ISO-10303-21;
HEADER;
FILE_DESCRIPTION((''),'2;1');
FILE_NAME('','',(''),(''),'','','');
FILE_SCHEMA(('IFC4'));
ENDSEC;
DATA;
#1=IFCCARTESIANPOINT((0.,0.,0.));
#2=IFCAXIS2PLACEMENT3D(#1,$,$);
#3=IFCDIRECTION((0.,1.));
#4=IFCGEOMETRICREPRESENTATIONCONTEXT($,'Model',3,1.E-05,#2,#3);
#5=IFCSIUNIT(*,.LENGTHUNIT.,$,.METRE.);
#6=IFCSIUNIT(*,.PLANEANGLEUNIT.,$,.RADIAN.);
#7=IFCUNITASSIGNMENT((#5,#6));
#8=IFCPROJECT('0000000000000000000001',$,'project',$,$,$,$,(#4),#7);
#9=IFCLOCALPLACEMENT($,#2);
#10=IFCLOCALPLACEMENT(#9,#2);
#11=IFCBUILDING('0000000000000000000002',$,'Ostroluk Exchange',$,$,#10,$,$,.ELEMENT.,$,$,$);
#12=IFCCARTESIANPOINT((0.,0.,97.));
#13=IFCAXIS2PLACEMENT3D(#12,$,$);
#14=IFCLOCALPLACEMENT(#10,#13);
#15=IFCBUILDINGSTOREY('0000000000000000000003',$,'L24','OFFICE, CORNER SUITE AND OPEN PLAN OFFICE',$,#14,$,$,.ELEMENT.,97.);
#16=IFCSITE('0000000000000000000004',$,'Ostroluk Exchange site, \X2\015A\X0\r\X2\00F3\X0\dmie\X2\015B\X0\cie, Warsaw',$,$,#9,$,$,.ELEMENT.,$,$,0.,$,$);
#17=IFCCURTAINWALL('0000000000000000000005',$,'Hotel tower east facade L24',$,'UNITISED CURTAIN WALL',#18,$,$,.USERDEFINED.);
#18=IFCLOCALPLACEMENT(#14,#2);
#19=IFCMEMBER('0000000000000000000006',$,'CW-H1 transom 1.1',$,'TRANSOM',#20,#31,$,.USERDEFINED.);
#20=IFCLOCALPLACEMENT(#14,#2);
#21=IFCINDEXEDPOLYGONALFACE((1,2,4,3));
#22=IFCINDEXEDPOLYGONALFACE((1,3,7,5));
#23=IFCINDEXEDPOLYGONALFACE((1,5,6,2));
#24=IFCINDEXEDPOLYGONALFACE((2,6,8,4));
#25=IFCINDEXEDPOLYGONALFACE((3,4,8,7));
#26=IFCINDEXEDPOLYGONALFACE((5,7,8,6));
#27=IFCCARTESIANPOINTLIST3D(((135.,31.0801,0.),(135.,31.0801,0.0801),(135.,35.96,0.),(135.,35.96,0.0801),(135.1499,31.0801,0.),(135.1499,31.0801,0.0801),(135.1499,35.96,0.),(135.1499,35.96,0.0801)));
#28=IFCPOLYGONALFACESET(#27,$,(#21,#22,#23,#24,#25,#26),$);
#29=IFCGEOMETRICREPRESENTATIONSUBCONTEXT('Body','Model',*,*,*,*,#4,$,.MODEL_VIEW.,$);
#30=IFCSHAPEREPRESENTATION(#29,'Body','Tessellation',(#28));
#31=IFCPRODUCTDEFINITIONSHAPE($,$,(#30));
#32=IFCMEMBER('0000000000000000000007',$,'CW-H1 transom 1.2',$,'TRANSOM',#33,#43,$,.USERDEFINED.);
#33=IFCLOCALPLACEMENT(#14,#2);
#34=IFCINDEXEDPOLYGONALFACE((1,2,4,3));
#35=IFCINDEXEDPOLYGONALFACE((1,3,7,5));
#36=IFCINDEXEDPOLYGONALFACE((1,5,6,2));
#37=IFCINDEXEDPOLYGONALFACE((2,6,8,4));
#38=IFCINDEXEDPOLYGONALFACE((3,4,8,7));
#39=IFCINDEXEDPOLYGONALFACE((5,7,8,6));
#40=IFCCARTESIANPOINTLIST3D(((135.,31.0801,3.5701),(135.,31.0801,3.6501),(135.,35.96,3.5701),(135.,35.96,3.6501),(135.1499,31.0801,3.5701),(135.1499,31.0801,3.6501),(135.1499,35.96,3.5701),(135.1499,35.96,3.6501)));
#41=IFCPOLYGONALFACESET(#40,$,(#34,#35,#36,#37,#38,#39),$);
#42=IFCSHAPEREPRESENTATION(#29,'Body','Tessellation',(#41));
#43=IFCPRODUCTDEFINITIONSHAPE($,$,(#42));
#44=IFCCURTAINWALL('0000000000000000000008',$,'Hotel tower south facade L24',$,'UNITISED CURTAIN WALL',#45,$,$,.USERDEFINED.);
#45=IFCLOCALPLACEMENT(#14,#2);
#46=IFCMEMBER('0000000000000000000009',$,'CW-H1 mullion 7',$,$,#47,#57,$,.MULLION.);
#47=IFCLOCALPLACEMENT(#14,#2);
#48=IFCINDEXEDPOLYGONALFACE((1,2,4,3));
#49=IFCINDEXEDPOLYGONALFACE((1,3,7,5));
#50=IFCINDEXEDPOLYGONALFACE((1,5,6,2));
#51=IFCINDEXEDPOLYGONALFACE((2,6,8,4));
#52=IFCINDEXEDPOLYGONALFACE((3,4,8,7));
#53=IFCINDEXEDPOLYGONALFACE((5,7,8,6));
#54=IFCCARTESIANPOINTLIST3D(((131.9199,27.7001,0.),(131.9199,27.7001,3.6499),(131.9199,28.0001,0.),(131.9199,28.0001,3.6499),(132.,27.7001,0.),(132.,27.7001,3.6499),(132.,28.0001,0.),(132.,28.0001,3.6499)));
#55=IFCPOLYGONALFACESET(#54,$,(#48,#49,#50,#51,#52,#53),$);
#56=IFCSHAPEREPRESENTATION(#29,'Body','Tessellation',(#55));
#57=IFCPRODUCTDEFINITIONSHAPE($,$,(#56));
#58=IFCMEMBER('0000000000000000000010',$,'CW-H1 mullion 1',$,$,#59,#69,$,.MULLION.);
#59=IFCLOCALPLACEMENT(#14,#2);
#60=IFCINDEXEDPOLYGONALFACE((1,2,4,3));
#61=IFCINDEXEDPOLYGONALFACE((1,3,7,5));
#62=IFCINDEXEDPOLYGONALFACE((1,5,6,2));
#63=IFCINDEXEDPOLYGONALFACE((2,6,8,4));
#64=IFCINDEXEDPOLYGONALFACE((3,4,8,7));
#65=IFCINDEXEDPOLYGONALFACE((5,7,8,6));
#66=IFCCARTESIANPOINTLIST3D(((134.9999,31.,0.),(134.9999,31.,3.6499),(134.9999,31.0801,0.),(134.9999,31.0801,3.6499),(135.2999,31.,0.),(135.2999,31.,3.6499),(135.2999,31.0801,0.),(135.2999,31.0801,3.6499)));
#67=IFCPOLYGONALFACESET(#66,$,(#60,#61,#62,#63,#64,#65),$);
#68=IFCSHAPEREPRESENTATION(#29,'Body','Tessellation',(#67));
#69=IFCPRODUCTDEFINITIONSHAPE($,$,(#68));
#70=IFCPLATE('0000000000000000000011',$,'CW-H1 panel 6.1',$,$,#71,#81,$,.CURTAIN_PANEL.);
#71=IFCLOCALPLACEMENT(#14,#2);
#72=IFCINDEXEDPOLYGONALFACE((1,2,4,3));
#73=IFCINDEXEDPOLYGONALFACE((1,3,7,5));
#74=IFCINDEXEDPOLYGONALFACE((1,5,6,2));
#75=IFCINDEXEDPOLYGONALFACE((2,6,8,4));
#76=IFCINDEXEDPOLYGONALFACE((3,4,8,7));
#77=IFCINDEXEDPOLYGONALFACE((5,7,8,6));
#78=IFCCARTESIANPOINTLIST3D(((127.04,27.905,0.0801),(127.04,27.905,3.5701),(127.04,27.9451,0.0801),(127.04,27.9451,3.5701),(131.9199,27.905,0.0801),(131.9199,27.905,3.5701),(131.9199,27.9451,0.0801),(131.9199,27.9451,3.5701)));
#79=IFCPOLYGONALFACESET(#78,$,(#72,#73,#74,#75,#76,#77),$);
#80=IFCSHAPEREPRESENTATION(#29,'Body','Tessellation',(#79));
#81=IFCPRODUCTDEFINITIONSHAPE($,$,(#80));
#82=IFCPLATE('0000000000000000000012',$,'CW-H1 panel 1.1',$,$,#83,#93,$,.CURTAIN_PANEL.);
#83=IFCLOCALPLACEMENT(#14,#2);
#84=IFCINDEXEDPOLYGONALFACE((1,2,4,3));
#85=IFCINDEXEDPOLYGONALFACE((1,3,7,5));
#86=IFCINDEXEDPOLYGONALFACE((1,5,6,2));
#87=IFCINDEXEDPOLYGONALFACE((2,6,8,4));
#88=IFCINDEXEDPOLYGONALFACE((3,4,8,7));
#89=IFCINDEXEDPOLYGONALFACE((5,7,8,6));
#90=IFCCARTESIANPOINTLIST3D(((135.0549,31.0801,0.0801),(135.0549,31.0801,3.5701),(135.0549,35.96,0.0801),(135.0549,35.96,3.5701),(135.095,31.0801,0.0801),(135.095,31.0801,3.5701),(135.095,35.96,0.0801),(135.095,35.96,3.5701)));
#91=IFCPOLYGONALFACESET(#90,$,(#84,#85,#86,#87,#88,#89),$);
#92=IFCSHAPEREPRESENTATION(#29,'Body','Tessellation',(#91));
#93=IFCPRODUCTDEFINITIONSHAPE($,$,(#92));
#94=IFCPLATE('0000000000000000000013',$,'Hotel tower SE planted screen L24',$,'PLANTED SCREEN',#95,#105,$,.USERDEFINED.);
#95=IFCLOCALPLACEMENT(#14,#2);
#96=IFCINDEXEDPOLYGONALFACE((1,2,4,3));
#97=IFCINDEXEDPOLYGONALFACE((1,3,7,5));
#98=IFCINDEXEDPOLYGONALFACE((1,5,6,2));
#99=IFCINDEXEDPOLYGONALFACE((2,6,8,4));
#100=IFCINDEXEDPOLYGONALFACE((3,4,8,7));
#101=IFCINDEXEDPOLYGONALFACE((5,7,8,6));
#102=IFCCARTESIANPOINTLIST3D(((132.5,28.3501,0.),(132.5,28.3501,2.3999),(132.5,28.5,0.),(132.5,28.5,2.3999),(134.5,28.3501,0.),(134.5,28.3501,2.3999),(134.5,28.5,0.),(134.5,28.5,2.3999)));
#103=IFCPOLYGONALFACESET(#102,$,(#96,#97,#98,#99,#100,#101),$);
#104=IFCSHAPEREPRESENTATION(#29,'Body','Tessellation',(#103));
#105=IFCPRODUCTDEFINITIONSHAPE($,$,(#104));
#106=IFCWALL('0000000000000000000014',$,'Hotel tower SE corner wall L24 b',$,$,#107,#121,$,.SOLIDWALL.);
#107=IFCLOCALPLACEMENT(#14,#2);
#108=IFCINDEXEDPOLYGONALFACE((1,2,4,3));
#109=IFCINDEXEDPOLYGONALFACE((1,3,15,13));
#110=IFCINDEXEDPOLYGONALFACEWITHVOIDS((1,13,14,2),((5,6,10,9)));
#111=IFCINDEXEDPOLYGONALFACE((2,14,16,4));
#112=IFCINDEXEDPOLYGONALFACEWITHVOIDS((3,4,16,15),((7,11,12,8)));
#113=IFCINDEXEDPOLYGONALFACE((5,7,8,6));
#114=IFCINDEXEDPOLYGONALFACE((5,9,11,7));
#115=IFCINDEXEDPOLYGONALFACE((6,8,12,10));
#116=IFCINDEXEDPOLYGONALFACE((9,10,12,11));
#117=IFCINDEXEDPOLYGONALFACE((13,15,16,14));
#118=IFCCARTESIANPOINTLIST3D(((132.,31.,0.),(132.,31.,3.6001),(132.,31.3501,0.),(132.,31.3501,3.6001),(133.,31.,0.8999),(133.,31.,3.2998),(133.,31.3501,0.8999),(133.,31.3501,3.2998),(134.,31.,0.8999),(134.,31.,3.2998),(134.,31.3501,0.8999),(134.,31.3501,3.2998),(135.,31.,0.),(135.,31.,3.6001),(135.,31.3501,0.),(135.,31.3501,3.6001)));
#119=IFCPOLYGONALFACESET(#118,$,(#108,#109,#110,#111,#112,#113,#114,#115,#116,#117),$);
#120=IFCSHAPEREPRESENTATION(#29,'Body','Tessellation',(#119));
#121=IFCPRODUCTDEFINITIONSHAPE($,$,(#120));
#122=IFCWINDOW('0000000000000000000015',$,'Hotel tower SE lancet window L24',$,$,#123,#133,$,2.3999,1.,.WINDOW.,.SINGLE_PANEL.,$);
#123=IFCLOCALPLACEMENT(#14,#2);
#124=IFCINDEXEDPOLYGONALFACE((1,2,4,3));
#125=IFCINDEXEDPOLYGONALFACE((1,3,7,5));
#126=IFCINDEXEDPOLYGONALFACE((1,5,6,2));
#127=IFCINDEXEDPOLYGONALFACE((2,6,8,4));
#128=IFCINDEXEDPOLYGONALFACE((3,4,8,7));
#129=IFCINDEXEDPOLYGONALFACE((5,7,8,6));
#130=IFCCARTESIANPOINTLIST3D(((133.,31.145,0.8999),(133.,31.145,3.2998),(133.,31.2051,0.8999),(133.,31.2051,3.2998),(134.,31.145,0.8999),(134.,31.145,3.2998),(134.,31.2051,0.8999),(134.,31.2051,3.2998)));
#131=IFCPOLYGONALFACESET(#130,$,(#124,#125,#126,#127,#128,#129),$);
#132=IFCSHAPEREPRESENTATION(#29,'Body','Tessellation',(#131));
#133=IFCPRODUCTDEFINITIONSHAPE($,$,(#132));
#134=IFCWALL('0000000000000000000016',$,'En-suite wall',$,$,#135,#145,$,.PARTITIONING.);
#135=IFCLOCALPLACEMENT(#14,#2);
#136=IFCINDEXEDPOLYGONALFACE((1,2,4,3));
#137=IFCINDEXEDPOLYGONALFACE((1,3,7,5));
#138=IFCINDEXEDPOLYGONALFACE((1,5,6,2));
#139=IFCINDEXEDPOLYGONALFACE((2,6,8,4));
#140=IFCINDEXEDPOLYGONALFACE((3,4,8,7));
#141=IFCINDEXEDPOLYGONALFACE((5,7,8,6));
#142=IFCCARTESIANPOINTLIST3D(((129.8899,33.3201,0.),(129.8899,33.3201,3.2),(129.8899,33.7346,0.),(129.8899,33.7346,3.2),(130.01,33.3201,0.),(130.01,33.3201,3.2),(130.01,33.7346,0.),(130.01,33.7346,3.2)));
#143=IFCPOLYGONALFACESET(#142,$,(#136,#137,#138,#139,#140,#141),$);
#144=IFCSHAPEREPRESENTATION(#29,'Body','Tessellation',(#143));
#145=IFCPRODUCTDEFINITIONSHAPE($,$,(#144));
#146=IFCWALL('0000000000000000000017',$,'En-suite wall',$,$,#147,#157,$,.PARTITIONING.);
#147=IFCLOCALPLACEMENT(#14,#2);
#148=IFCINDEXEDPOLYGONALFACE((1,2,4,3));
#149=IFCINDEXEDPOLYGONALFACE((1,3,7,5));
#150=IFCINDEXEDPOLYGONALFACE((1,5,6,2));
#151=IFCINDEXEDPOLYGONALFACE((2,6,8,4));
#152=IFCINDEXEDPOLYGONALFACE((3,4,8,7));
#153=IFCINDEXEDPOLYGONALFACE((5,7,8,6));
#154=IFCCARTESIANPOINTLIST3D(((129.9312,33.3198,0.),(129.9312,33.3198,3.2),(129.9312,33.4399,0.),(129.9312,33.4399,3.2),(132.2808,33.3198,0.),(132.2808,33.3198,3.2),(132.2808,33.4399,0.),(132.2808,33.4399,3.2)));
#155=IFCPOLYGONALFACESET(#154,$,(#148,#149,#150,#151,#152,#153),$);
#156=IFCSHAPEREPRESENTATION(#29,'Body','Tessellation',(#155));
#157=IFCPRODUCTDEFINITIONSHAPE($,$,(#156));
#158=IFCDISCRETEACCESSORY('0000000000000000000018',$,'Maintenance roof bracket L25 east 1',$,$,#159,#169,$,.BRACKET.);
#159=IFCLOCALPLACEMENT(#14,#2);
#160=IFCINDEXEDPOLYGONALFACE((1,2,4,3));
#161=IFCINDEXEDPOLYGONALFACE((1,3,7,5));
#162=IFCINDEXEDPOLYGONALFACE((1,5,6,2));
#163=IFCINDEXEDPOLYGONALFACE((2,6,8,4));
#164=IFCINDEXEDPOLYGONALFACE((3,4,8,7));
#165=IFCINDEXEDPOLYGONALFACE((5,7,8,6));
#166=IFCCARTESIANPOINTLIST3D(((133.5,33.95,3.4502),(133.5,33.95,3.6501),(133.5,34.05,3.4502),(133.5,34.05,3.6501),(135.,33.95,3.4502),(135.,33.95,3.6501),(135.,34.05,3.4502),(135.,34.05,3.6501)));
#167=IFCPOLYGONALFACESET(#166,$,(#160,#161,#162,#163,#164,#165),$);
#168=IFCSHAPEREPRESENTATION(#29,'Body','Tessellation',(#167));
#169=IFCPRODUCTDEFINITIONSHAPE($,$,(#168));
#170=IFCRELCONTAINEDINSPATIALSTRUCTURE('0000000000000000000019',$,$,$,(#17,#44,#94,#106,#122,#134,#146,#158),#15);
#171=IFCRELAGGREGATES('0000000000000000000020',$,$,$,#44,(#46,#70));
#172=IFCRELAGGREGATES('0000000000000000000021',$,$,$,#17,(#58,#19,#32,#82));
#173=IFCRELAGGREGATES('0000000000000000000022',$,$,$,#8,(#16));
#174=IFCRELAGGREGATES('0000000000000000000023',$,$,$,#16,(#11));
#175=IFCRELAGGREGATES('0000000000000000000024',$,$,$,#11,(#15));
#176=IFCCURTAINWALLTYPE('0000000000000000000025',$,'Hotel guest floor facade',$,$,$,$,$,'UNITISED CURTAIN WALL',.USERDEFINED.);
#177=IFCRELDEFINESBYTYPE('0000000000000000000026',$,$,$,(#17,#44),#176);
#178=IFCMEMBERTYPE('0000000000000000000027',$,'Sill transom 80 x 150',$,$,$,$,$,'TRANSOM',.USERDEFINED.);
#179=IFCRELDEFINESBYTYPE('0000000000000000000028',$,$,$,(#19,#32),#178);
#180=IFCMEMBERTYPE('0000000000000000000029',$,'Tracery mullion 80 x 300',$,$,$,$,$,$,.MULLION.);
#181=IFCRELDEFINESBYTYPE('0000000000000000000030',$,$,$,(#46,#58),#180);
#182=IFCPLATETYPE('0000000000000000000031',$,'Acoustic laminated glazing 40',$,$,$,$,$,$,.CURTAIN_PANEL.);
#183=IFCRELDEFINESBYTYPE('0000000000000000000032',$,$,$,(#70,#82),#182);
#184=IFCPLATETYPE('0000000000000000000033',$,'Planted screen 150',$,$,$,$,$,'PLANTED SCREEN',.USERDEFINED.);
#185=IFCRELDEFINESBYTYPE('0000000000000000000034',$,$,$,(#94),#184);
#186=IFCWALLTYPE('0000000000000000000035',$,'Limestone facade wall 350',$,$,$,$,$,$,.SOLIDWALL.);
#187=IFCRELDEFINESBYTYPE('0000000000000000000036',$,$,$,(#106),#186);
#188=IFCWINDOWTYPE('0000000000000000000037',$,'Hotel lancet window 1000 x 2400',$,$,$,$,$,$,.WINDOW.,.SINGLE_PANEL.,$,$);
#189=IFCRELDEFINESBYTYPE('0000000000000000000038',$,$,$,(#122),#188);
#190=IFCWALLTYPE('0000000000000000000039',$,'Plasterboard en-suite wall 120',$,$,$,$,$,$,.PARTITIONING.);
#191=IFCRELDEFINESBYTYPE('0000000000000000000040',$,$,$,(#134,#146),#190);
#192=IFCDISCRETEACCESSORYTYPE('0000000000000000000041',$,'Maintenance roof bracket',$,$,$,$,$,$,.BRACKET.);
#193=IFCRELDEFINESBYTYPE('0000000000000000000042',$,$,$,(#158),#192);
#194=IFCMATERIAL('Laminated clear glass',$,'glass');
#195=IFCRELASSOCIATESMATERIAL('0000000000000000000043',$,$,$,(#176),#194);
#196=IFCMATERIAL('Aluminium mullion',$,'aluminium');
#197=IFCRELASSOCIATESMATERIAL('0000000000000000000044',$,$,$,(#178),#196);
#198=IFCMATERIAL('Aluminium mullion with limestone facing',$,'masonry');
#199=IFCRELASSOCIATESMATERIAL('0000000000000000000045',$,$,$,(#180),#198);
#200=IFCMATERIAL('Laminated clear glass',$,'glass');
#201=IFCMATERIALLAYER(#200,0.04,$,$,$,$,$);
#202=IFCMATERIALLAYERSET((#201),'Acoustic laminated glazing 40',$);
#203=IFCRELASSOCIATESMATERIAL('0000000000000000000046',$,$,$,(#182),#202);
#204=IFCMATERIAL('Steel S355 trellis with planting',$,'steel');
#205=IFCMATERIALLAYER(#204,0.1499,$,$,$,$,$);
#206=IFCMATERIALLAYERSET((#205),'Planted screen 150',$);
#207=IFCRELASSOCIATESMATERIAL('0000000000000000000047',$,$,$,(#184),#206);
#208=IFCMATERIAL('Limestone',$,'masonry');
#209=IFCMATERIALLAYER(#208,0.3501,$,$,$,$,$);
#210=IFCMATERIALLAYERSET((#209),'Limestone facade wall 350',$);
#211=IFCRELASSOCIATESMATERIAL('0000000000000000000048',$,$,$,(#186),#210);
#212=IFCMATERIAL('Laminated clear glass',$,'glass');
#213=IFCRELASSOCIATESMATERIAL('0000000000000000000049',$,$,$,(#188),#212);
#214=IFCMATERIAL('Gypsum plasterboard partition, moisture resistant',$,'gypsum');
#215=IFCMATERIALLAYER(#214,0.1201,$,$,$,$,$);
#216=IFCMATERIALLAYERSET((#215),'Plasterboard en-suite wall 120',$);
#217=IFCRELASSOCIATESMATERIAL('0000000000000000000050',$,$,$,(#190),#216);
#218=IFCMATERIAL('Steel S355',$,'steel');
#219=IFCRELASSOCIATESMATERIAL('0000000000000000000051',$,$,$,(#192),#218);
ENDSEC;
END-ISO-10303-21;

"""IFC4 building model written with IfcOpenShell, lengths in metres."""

from ifc_helpers import new_model, si_unit, direction, frame, frame_2d, origin, origin_2d, place, context, subcontext, project, spatial, rectangle, extrude, material, layer, layer_set, material_profile, profile_set, type_object, element, fill, aggregate, save


model = new_model("IFC4")

# Units and contexts
model_context = context("Model", 3, precision=1e-05, world=origin(), true_north=direction((0.0, 1.0)))
body_context = subcontext(model_context, "Body", "Model", "MODEL_VIEW")
ifc_project = project(units=[si_unit("LENGTHUNIT", "METRE"), si_unit("PLANEANGLEUNIT", "RADIAN")], contexts=[model_context])

# Site, building, storey
site_placement = place(None, origin())
site = spatial("IfcSite", under=ifc_project, at=site_placement, Name="Ostroluk Exchange site, Śródmieście, Warsaw", CompositionType="ELEMENT", RefElevation=0.0)
building_placement = place(site_placement, origin())
building = spatial("IfcBuilding", under=site, at=building_placement, Name="Ostroluk Exchange", CompositionType="ELEMENT")
storey_placement = place(building_placement, frame((0.0, 0.0, 97.0)))
storey = spatial("IfcBuildingStorey", under=building, at=storey_placement, Name="L24", Description="OFFICE, CORNER SUITE AND OPEN PLAN OFFICE", CompositionType="ELEMENT", Elevation=97.0)

# Curtain wall, members
ifc_material_1 = material(Name="Laminated clear glass", Category="glass")
curtain_wall_type = type_object("IfcCurtainWallType", Name="Hotel guest floor facade", ElementType="UNITISED CURTAIN WALL", PredefinedType="USERDEFINED", material=ifc_material_1)
curtain_wall_1_placement = place(storey_placement, origin())
curtain_wall_1 = element("IfcCurtainWall", 1, at=curtain_wall_1_placement, inside=storey, type_object=curtain_wall_type, Name="Hotel tower east facade L24", ObjectType="UNITISED CURTAIN WALL", PredefinedType="USERDEFINED")
ifc_material_2 = material(Name="Aluminium mullion", Category="aluminium")
ifc_material_profile_1 = material_profile(ifc_material_2, rectangle(XDim=0.1499, YDim=0.0801, at=origin_2d()), Name="Sill transom 80 x 150")
ifc_profile_set_1 = profile_set([ifc_material_profile_1], Name="Aluminium mullion")
member_type_1 = type_object("IfcMemberType", Name="Sill transom 80 x 150", ElementType="TRANSOM", PredefinedType="USERDEFINED", material=ifc_profile_set_1)
member_1_placement = place(storey_placement, frame((135.075, 31.0801, 0.04), z_axis=(0.0, 1.0, 0.0), x_axis=(-1.0, 0.0, 0.0)))
member_1 = element("IfcMember", 2, at=member_1_placement, type_object=member_type_1, Name="CW-H1 transom 1.1", ObjectType="TRANSOM", PredefinedType="USERDEFINED", context=body_context, shape_type="SweptSolid", body=[
    extrude(rectangle(XDim=0.1499, YDim=0.0801, at=origin_2d()), origin(), (0.0, 0.0, 1.0), 4.8799),
])
member_2_placement = place(storey_placement, frame((135.075, 31.0801, 3.6101), z_axis=(0.0, 1.0, 0.0), x_axis=(-1.0, 0.0, 0.0)))
member_2 = element("IfcMember", 3, at=member_2_placement, type_object=member_type_1, Name="CW-H1 transom 1.2", ObjectType="TRANSOM", PredefinedType="USERDEFINED", context=body_context, shape_type="SweptSolid", body=[
    extrude(rectangle(XDim=0.1499, YDim=0.0801, at=origin_2d()), origin(), (0.0, 0.0, 1.0), 4.8799),
])

# Curtain wall, member
curtain_wall_2_placement = place(storey_placement, origin())
curtain_wall_2 = element("IfcCurtainWall", 4, at=curtain_wall_2_placement, inside=storey, type_object=curtain_wall_type, Name="Hotel tower south facade L24", ObjectType="UNITISED CURTAIN WALL", PredefinedType="USERDEFINED")
ifc_material_3 = material(Name="Aluminium mullion with limestone facing", Category="masonry")
ifc_material_profile_2 = material_profile(ifc_material_3, rectangle(XDim=0.3, YDim=0.0801, at=origin_2d()), Name="Tracery mullion 80 x 300")
ifc_profile_set_2 = profile_set([ifc_material_profile_2], Name="Aluminium mullion with limestone facing")
member_type_2 = type_object("IfcMemberType", Name="Tracery mullion 80 x 300", PredefinedType="MULLION", material=ifc_profile_set_2)
member_3_placement = place(storey_placement, frame((131.96, 27.8501, 0.0), z_axis=(0.0, 0.0, 1.0), x_axis=(0.0, 1.0, 0.0)))
member_3 = element("IfcMember", 5, at=member_3_placement, type_object=member_type_2, Name="CW-H1 mullion 7", PredefinedType="MULLION", context=body_context, shape_type="SweptSolid", body=[
    extrude(rectangle(XDim=0.3, YDim=0.0801, at=origin_2d()), origin(), (0.0, 0.0, 1.0), 3.6499),
])

# Member
member_4_placement = place(storey_placement, frame((135.1499, 31.04, 0.0), z_axis=(0.0, 0.0, 1.0), x_axis=(-1.0, 0.0, 0.0)))
member_4 = element("IfcMember", 6, at=member_4_placement, type_object=member_type_2, Name="CW-H1 mullion 1", PredefinedType="MULLION", context=body_context, shape_type="SweptSolid", body=[
    extrude(rectangle(XDim=0.3, YDim=0.0801, at=origin_2d()), origin(), (0.0, 0.0, 1.0), 3.6499),
])

# Plates
ifc_material_4 = material(Name="Laminated clear glass", Category="glass")
ifc_layer_1 = layer(ifc_material_4, 0.04)
ifc_layer_set_1 = layer_set([ifc_layer_1], Name="Acoustic laminated glazing 40")
plate_type_1 = type_object("IfcPlateType", Name="Acoustic laminated glazing 40", PredefinedType="CURTAIN_PANEL", material=ifc_layer_set_1)
plate_1_placement = place(storey_placement, frame((129.48, 27.925, 0.0801), z_axis=(0.0, 0.0, 1.0), x_axis=(1.0, 0.0, 0.0)))
plate_1 = element("IfcPlate", 7, at=plate_1_placement, type_object=plate_type_1, Name="CW-H1 panel 6.1", PredefinedType="CURTAIN_PANEL", context=body_context, shape_type="SweptSolid", body=[
    extrude(rectangle(XDim=4.8799, YDim=0.04, at=origin_2d()), origin(), (0.0, 0.0, 1.0), 3.49),
])
aggregate(curtain_wall_2, [member_3, plate_1])
plate_2_placement = place(storey_placement, frame((135.075, 33.52, 0.0801), z_axis=(0.0, 0.0, 1.0), x_axis=(0.0, 1.0, 0.0)))
plate_2 = element("IfcPlate", 8, at=plate_2_placement, type_object=plate_type_1, Name="CW-H1 panel 1.1", PredefinedType="CURTAIN_PANEL", context=body_context, shape_type="SweptSolid", body=[
    extrude(rectangle(XDim=4.8799, YDim=0.04, at=origin_2d()), origin(), (0.0, 0.0, 1.0), 3.49),
])
aggregate(curtain_wall_1, [member_4, member_1, member_2, plate_2])
ifc_material_5 = material(Name="Steel S355 trellis with planting", Category="steel")
ifc_layer_2 = layer(ifc_material_5, 0.1499)
ifc_layer_set_2 = layer_set([ifc_layer_2], Name="Planted screen 150")
plate_type_2 = type_object("IfcPlateType", Name="Planted screen 150", ElementType="PLANTED SCREEN", PredefinedType="USERDEFINED", material=ifc_layer_set_2)
plate_3_placement = place(storey_placement, frame((133.5, 28.425, 0.0), z_axis=(0.0, 0.0, 1.0), x_axis=(1.0, 0.0, 0.0)))
element("IfcPlate", 9, at=plate_3_placement, inside=storey, type_object=plate_type_2, Name="Hotel tower SE planted screen L24", ObjectType="PLANTED SCREEN", PredefinedType="USERDEFINED", context=body_context, shape_type="SweptSolid", body=[
    extrude(rectangle(XDim=2.0, YDim=0.1499, at=origin_2d()), origin(), (0.0, 0.0, 1.0), 2.3999),
])

# Shared definitions
ifc_material_6 = material(Name="Limestone", Category="masonry")
ifc_layer_3 = layer(ifc_material_6, 0.3501)
ifc_layer_set_3 = layer_set([ifc_layer_3], Name="Limestone facade wall 350")
wall_type_1 = type_object("IfcWallType", Name="Limestone facade wall 350", PredefinedType="SOLIDWALL", material=ifc_layer_set_3)

# Wall, opening, window
wall_1_placement = place(storey_placement, frame((132.0, 31.175, 0.0), z_axis=(0.0, 0.0, 1.0), x_axis=(1.0, 0.0, 0.0)))
wall_1 = element("IfcWall", 10, at=wall_1_placement, inside=storey, type_object=wall_type_1, Name="Hotel tower SE corner wall L24 b", PredefinedType="SOLIDWALL", context=body_context, shape_type="SweptSolid", body=[
    extrude(rectangle(XDim=3.0, YDim=0.3501, at=frame_2d((1.5, 0.0))), origin(), (0.0, 0.0, 1.0), 3.6001),
])
opening_1_placement = place(wall_1_placement, frame((1.0, 0.0, 0.8999)))
opening_1 = element("IfcOpeningElement", 11, at=opening_1_placement, cuts=wall_1, PredefinedType="OPENING", context=body_context, shape_type="SweptSolid", body=[
    extrude(rectangle(XDim=1.0, YDim=2.3999, at=frame_2d((0.5, 1.2))), frame((0.0, 0.1851, 0.0), z_axis=(0.0, -1.0, 0.0), x_axis=(1.0, 0.0, 0.0)), (0.0, 0.0, 1.0), 0.3701),
])
ifc_material_7 = material(Name="Laminated clear glass", Category="glass")
window_type = type_object("IfcWindowType", Name="Hotel lancet window 1000 x 2400", PartitioningType="SINGLE_PANEL", PredefinedType="WINDOW", material=ifc_material_7)
window_placement = place(opening_1_placement, origin())
window = element("IfcWindow", 12, at=window_placement, inside=storey, type_object=window_type, Name="Hotel tower SE lancet window L24", OverallHeight=2.3999, OverallWidth=1.0, PartitioningType="SINGLE_PANEL", PredefinedType="WINDOW", context=body_context, shape_type="SweptSolid", body=[
    extrude(rectangle(XDim=1.0, YDim=2.3999, at=frame_2d((0.5, 1.2))), frame((0.0, 0.03, 0.0), z_axis=(0.0, -1.0, 0.0), x_axis=(1.0, 0.0, 0.0)), (0.0, 0.0, 1.0), 0.0601),
])
fill(opening_1, window)

# Walls
ifc_material_8 = material(Name="Gypsum plasterboard partition, moisture resistant", Category="gypsum")
ifc_layer_4 = layer(ifc_material_8, 0.1201)
ifc_layer_set_4 = layer_set([ifc_layer_4], Name="Plasterboard en-suite wall 120")
wall_type_2 = type_object("IfcWallType", Name="Plasterboard en-suite wall 120", PredefinedType="PARTITIONING", material=ifc_layer_set_4)
wall_2_placement = place(storey_placement, frame((129.95, 33.7346, 0.0), z_axis=(0.0, 0.0, 1.0), x_axis=(0.0, -1.0, 0.0)))
element("IfcWall", 13, at=wall_2_placement, inside=storey, type_object=wall_type_2, Name="En-suite wall", PredefinedType="PARTITIONING", context=body_context, shape_type="SweptSolid", body=[
    extrude(rectangle(XDim=0.4146, YDim=0.1201, at=frame_2d((0.2073, 0.0))), origin(), (0.0, 0.0, 1.0), 3.2),
])
wall_3_placement = place(storey_placement, frame((129.9312, 33.3799, 0.0), z_axis=(0.0, 0.0, 1.0), x_axis=(1.0, 0.0, 0.0)))
element("IfcWall", 14, at=wall_3_placement, inside=storey, type_object=wall_type_2, Name="En-suite wall", PredefinedType="PARTITIONING", context=body_context, shape_type="SweptSolid", body=[
    extrude(rectangle(XDim=2.3496, YDim=0.1201, at=frame_2d((1.1748, 0.0))), origin(), (0.0, 0.0, 1.0), 3.2),
])

# Discrete accessory
ifc_material_9 = material(Name="Steel S355", Category="steel")
discrete_accessory_type = type_object("IfcDiscreteAccessoryType", Name="Maintenance roof bracket", PredefinedType="BRACKET", material=ifc_material_9)
discrete_accessory_placement = place(storey_placement, frame((134.25, 34.0, 3.4502), z_axis=(0.0, 0.0, 1.0), x_axis=(1.0, 0.0, 0.0)))
element("IfcDiscreteAccessory", 15, at=discrete_accessory_placement, inside=storey, type_object=discrete_accessory_type, Name="Maintenance roof bracket L25 east 1", PredefinedType="BRACKET", context=body_context, shape_type="SweptSolid", body=[
    extrude(rectangle(XDim=1.5, YDim=0.1001, at=origin_2d()), origin(), (0.0, 0.0, 1.0), 0.2),
])

save(model, "model.ifc")
